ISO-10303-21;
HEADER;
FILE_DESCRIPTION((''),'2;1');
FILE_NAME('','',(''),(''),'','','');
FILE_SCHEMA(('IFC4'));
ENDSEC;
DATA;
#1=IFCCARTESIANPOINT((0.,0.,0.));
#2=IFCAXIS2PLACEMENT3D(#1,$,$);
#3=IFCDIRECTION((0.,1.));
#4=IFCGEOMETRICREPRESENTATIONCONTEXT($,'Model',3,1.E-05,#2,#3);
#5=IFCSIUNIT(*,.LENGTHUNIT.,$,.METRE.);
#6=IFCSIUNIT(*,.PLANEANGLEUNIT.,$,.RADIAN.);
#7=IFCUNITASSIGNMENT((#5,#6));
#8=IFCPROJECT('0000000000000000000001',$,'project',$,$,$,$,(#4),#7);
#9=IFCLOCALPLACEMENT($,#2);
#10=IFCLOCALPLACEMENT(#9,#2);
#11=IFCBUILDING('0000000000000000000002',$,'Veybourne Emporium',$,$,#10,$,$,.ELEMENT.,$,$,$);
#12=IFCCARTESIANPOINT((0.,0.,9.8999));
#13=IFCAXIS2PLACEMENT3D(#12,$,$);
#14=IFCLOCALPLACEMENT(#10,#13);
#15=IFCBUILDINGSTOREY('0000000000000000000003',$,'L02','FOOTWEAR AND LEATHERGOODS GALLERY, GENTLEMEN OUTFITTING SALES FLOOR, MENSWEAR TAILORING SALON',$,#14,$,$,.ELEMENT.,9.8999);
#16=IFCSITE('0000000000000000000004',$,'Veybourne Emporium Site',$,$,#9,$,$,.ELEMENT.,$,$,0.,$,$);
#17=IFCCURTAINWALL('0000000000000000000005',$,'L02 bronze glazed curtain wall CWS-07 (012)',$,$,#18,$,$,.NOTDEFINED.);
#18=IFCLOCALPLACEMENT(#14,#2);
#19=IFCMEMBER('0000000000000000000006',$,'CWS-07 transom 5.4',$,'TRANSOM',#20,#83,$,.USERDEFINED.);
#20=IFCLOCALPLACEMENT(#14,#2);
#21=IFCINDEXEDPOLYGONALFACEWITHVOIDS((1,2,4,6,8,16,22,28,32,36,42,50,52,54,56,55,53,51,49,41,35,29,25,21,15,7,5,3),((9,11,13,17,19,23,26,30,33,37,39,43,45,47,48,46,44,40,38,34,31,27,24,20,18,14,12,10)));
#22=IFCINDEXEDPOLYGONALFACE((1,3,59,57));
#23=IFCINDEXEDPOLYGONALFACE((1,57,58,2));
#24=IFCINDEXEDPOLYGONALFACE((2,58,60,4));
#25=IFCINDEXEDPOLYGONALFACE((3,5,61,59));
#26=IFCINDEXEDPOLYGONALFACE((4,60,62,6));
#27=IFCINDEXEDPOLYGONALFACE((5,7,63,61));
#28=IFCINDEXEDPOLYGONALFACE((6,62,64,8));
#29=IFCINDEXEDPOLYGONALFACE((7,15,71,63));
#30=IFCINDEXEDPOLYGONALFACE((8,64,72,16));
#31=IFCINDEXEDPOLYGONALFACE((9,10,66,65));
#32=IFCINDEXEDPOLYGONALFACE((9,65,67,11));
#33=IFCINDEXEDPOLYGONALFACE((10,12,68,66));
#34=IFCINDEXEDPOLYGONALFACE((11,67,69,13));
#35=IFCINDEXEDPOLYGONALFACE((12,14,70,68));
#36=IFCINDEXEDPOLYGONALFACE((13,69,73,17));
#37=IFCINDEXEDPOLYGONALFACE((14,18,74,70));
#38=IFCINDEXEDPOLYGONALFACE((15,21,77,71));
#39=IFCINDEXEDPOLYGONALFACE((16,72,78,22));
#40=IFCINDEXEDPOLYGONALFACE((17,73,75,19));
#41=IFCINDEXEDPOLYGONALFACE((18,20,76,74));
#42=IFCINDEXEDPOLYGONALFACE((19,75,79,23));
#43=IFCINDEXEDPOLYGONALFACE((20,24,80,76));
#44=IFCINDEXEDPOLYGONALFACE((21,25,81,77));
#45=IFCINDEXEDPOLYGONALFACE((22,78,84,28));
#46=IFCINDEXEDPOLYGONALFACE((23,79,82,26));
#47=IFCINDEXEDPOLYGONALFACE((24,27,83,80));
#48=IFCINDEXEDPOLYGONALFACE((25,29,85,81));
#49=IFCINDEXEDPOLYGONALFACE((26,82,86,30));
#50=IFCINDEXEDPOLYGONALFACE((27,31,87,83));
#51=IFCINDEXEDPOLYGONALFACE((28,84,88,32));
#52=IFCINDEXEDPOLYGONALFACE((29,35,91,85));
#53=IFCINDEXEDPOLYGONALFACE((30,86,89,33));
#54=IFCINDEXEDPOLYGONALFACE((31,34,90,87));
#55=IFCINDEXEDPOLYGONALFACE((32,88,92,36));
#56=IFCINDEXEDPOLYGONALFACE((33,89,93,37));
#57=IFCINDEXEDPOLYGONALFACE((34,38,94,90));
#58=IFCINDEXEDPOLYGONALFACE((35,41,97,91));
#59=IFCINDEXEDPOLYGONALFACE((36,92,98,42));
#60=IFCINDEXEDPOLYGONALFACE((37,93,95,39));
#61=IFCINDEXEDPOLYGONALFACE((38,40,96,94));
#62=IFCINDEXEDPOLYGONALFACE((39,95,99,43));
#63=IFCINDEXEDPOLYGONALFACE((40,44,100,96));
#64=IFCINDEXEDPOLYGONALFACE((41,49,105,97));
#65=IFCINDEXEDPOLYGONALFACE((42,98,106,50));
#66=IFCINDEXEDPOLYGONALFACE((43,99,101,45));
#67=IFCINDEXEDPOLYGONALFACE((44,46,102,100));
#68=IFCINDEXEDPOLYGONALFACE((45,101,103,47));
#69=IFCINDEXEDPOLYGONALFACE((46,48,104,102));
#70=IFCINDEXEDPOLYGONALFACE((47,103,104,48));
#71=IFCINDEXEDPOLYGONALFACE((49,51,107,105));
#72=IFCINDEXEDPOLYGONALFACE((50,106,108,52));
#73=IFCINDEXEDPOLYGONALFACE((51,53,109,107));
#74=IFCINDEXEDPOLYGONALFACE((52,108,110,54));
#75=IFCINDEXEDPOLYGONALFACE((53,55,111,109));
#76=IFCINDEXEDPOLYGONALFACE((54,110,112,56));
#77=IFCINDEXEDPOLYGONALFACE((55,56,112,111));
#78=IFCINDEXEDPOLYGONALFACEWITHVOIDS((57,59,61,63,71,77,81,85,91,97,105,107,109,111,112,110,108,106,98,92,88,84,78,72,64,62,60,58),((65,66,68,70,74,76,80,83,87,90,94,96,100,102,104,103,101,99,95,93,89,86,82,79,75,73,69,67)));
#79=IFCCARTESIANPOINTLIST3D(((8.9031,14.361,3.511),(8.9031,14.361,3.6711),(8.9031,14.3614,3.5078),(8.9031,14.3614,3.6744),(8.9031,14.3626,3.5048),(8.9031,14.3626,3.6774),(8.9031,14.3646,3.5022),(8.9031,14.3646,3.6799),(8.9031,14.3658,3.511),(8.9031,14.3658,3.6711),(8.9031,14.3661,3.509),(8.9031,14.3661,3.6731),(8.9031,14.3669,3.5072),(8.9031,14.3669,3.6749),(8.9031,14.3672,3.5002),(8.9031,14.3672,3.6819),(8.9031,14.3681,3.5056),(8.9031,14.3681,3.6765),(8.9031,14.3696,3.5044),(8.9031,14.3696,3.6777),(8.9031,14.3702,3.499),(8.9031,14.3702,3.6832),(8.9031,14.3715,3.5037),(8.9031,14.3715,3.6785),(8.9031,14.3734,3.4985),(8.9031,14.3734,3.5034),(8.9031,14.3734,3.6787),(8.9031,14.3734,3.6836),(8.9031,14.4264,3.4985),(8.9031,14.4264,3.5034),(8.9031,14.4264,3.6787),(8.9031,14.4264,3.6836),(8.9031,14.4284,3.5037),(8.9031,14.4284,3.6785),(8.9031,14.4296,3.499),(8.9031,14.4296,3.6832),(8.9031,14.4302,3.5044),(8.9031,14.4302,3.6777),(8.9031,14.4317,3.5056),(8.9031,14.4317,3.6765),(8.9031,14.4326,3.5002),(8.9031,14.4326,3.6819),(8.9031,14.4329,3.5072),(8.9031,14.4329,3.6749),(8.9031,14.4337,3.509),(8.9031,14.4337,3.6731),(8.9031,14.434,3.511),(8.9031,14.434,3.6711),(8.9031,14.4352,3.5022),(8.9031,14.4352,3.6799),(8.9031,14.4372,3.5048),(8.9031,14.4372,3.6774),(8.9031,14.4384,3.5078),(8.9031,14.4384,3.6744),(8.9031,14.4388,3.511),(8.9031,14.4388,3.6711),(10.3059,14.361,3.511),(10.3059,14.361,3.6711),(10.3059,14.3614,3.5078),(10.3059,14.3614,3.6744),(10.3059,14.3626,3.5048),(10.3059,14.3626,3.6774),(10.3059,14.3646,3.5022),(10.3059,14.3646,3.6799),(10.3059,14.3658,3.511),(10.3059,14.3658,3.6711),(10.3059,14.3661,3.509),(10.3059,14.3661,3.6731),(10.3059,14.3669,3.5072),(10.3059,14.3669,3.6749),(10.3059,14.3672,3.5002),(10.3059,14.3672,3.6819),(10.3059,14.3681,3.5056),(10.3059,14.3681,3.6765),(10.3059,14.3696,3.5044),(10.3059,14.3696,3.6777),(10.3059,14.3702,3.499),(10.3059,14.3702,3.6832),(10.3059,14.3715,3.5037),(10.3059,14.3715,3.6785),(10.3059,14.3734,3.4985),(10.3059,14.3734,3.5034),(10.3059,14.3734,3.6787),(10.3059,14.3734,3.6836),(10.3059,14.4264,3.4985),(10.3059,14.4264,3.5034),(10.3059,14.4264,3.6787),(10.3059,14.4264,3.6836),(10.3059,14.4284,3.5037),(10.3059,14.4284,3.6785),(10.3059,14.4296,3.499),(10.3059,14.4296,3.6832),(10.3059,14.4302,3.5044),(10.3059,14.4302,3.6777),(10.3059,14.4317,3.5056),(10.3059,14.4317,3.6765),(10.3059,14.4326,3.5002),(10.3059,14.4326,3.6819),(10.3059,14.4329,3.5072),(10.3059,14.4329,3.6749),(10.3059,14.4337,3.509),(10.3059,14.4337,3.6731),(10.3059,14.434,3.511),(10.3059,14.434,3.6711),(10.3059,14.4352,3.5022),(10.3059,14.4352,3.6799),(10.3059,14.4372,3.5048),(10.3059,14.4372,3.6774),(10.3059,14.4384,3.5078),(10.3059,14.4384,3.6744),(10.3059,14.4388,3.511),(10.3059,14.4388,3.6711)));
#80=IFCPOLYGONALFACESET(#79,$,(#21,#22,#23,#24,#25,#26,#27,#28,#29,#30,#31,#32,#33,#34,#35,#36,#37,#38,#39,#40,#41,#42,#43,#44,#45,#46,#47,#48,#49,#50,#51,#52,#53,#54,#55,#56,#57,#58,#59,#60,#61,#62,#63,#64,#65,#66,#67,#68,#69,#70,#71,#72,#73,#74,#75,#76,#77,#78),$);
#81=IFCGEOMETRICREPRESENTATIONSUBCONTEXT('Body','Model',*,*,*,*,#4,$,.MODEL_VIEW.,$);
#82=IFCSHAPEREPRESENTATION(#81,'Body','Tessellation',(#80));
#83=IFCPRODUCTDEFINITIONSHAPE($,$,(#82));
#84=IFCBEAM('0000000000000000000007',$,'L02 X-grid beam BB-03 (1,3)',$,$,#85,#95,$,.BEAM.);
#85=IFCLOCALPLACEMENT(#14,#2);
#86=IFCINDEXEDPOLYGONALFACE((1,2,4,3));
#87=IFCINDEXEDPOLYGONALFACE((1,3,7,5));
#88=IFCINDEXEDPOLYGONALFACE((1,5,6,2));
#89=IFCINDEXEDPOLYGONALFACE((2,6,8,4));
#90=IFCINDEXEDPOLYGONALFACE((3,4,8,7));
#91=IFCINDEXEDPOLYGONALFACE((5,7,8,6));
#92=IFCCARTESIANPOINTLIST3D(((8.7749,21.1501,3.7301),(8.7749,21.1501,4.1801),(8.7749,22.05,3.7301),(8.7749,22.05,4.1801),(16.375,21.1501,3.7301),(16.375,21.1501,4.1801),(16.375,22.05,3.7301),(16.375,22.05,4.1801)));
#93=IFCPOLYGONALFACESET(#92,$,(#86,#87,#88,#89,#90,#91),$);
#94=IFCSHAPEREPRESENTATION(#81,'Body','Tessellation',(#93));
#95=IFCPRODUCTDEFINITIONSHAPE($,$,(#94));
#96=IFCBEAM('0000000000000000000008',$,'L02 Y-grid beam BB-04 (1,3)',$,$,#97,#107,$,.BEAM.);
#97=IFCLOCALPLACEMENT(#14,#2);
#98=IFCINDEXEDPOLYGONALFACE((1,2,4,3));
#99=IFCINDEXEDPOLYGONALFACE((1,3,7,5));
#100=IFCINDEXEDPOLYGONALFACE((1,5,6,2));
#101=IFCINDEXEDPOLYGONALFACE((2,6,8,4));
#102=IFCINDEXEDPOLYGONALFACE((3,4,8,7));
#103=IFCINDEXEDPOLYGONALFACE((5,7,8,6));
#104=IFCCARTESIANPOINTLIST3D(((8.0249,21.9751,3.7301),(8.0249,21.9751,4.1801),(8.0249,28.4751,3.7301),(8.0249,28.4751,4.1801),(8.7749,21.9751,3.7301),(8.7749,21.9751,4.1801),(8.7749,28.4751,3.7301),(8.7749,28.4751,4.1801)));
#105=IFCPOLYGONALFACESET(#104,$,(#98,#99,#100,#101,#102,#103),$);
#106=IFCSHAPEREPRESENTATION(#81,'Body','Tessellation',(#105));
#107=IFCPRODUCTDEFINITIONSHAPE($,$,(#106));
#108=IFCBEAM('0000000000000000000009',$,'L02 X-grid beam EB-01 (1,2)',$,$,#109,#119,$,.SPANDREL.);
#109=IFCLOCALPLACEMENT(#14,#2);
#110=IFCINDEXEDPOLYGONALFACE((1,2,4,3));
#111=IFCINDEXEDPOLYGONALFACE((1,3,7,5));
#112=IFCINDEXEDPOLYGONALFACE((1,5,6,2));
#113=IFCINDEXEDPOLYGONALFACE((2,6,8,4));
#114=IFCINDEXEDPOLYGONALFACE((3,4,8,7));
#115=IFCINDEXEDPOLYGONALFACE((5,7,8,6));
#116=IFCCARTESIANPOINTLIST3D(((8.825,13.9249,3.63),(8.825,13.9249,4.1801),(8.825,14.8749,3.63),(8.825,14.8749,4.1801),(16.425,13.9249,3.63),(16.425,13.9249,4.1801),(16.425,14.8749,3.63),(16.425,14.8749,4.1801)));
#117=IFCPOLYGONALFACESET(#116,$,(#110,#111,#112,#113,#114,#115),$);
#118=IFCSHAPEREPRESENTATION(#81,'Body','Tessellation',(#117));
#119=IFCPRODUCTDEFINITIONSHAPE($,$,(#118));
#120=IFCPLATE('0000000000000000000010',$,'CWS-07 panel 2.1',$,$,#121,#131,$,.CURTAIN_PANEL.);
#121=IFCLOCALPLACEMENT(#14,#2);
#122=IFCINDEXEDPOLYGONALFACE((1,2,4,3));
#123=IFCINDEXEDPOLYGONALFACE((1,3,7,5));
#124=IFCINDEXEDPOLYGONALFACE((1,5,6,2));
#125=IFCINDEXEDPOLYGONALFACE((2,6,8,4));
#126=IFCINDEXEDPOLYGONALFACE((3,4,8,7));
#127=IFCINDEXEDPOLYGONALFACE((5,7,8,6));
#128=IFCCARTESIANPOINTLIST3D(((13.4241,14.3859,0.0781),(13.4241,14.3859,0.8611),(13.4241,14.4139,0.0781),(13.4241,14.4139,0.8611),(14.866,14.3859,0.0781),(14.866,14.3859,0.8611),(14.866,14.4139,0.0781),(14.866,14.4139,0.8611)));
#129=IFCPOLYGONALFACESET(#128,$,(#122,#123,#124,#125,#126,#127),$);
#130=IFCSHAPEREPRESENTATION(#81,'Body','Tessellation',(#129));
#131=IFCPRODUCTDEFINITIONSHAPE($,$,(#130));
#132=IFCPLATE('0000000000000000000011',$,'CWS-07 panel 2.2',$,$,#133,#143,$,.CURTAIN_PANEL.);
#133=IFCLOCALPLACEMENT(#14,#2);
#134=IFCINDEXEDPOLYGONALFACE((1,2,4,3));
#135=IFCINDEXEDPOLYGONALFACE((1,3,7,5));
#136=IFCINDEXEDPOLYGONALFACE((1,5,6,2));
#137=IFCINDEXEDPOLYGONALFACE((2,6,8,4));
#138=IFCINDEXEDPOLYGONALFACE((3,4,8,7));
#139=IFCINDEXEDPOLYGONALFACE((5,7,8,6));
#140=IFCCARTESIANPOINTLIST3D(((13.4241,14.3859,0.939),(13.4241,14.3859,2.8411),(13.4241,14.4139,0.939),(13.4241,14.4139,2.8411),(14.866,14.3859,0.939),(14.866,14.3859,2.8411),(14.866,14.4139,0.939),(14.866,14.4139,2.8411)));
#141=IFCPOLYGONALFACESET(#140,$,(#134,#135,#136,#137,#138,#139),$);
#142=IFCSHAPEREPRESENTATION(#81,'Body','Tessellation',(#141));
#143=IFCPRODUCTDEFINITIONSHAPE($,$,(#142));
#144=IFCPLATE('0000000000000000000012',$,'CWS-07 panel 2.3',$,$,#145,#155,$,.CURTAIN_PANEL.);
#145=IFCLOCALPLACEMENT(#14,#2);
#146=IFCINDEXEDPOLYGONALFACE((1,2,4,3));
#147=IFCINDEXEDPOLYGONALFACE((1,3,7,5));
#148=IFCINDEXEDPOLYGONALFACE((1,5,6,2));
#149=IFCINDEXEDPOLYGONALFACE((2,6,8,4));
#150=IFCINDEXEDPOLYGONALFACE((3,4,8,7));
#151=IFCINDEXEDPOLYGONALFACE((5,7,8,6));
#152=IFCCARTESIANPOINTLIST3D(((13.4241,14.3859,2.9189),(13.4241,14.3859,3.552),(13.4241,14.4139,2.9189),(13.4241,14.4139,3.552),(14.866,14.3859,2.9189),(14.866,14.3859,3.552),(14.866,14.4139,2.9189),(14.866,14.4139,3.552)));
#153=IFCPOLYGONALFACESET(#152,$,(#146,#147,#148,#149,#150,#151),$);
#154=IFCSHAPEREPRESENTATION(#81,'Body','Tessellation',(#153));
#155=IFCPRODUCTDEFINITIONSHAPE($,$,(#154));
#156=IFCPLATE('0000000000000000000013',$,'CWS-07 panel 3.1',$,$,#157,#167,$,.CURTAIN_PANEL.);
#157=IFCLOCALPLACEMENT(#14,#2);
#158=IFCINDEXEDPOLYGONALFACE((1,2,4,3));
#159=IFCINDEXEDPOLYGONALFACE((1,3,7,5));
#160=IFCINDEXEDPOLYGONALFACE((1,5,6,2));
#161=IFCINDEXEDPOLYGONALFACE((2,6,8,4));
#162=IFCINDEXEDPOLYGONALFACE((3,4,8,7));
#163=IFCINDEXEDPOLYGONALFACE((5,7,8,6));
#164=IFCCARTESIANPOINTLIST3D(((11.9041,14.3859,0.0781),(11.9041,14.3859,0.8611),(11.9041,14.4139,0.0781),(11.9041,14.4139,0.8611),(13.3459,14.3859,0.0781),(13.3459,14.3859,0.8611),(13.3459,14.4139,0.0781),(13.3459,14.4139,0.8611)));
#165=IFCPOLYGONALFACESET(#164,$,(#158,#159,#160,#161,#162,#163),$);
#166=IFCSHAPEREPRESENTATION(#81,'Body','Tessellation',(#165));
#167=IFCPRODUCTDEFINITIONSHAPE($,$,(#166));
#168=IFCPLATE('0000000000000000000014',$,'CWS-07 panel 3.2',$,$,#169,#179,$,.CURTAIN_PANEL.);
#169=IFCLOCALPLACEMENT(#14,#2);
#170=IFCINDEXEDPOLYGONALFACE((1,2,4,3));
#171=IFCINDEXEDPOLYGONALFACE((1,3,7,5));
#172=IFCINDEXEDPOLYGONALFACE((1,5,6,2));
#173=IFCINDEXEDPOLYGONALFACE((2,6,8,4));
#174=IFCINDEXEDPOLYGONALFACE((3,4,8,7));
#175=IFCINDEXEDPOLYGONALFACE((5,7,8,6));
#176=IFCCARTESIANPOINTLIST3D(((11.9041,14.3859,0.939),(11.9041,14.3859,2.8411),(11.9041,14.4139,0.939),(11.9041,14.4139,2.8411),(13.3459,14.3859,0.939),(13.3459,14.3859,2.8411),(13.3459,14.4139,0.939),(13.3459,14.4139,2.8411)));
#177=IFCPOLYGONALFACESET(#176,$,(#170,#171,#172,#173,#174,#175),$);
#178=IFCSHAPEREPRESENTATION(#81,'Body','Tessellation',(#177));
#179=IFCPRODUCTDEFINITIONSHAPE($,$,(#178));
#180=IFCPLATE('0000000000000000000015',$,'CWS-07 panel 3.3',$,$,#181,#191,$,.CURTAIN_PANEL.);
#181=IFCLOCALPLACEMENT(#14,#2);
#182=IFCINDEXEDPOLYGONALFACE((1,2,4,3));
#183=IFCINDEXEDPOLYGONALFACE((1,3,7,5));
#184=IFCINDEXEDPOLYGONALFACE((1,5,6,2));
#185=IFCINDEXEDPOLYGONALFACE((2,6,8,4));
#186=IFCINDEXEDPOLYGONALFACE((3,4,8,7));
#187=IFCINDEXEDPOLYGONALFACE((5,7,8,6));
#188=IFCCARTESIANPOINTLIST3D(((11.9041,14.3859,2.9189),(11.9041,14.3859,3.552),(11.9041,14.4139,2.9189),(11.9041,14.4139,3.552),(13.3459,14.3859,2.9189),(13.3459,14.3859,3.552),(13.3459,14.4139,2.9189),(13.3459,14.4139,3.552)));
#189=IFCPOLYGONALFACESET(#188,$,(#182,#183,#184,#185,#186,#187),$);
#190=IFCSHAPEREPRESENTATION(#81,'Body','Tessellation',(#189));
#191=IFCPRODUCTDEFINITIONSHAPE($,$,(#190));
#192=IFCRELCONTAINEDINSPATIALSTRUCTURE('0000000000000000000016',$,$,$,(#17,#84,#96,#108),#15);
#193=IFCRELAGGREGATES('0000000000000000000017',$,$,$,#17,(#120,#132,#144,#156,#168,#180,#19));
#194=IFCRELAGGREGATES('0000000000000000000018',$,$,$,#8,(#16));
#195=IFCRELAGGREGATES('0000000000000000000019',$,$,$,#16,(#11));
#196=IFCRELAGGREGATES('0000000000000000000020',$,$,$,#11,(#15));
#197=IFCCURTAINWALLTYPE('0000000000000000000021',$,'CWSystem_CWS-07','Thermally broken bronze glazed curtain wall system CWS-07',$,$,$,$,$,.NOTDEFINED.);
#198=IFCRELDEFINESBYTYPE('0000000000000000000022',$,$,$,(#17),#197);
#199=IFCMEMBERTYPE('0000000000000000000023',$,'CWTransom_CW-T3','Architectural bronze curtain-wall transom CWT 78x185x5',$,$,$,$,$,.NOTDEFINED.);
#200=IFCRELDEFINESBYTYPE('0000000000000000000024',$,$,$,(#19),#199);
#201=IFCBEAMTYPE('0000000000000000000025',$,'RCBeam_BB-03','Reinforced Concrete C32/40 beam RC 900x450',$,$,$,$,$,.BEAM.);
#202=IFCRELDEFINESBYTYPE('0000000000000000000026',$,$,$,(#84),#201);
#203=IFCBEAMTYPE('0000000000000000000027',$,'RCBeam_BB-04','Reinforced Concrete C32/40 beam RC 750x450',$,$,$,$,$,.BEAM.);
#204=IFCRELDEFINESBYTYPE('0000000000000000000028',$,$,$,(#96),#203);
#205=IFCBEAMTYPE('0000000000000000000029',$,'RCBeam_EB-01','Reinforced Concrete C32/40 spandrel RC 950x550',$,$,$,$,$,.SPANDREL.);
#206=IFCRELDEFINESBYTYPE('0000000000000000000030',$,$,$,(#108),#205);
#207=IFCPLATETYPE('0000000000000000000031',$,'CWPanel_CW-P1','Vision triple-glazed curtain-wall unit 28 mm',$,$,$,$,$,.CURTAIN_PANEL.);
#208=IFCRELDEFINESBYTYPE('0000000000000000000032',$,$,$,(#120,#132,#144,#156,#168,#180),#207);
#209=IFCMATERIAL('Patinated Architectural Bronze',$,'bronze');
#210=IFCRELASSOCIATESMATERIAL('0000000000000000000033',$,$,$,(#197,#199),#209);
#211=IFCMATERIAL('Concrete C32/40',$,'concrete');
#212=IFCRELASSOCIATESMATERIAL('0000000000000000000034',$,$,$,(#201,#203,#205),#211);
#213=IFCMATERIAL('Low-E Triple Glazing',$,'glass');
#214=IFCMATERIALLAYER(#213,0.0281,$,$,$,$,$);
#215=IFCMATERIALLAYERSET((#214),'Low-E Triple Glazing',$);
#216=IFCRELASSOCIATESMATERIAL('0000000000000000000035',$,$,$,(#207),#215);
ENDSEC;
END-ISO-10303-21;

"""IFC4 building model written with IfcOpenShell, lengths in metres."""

from ifc_helpers import new_model, si_unit, direction, frame, origin, origin_2d, place, context, subcontext, project, spatial, rectangle, hollow_rectangle, extrude, material, layer, layer_set, material_profile, profile_set, type_object, element, aggregate, save


model = new_model("IFC4")

# Units and contexts
model_context = context("Model", 3, precision=1e-05, world=origin(), true_north=direction((0.0, 1.0)))
body_context = subcontext(model_context, "Body", "Model", "MODEL_VIEW")
ifc_project = project(units=[si_unit("LENGTHUNIT", "METRE"), si_unit("PLANEANGLEUNIT", "RADIAN")], contexts=[model_context])

# Site, building, storey
site_placement = place(None, origin())
site = spatial("IfcSite", under=ifc_project, at=site_placement, Name="Veybourne Emporium Site", CompositionType="ELEMENT", RefElevation=0.0)
building_placement = place(site_placement, origin())
building = spatial("IfcBuilding", under=site, at=building_placement, Name="Veybourne Emporium", CompositionType="ELEMENT")
storey_placement = place(building_placement, frame((0.0, 0.0, 9.8999)))
storey = spatial("IfcBuildingStorey", under=building, at=storey_placement, Name="L02", Description="FOOTWEAR AND LEATHERGOODS GALLERY, GENTLEMEN OUTFITTING SALES FLOOR, MENSWEAR TAILORING SALON", CompositionType="ELEMENT", Elevation=9.8999)

# Curtain wall, member
ifc_material_1 = material(Name="Patinated Architectural Bronze", Category="bronze")
curtain_wall_type = type_object("IfcCurtainWallType", Name="CWSystem_CWS-07", Description="Thermally broken bronze glazed curtain wall system CWS-07", PredefinedType="NOTDEFINED", material=ifc_material_1)
curtain_wall_placement = place(storey_placement, origin())
curtain_wall = element("IfcCurtainWall", 1, at=curtain_wall_placement, inside=storey, type_object=curtain_wall_type, Name="L02 bronze glazed curtain wall CWS-07 (012)", PredefinedType="NOTDEFINED")
ifc_material_profile_1 = material_profile(ifc_material_1, hollow_rectangle(XDim=0.0779, YDim=0.1851, WallThickness=0.0049, InnerFilletRadius=0.0076, OuterFilletRadius=0.0125, at=origin_2d()), Name="CWT 78x185x5")
ifc_profile_set_1 = profile_set([ifc_material_profile_1], Name="Patinated Architectural Bronze")
member_type_1 = type_object("IfcMemberType", Name="CWTransom_CW-T3", Description="Architectural bronze curtain-wall transom CWT 78x185x5", PredefinedType="NOTDEFINED", material=ifc_profile_set_1)
member_1_placement = place(storey_placement, frame((10.3059, 14.3999, 3.5911), z_axis=(-1.0, 0.0, 0.0), x_axis=(0.0, -1.0, 0.0)))
member_1 = element("IfcMember", 2, at=member_1_placement, type_object=member_type_1, Name="CWS-07 transom 5.4", ObjectType="TRANSOM", PredefinedType="USERDEFINED", context=body_context, shape_type="SweptSolid", body=[
    extrude(hollow_rectangle(XDim=0.0779, YDim=0.1851, WallThickness=0.0049, InnerFilletRadius=0.0076, OuterFilletRadius=0.0125, at=origin_2d()), origin(), (0.0, 0.0, 1.0), 1.4028),
])

# Beams
ifc_material_2 = material(Name="Concrete C32/40", Category="concrete")
ifc_material_profile_2 = material_profile(ifc_material_2, rectangle(XDim=0.8999, YDim=0.45, at=origin_2d()), Name="RC 900x450")
ifc_profile_set_2 = profile_set([ifc_material_profile_2], Name="Concrete C32/40")
beam_type_1 = type_object("IfcBeamType", Name="RCBeam_BB-03", Description="Reinforced Concrete C32/40 beam RC 900x450", PredefinedType="BEAM", material=ifc_profile_set_2)
beam_1_placement = place(storey_placement, frame((8.7749, 21.6001, 3.9551), z_axis=(1.0, 0.0, 0.0), x_axis=(0.0, 1.0, 0.0)))
element("IfcBeam", 3, at=beam_1_placement, inside=storey, type_object=beam_type_1, Name="L02 X-grid beam BB-03 (1,3)", PredefinedType="BEAM", context=body_context, shape_type="SweptSolid", body=[
    extrude(rectangle(XDim=0.8999, YDim=0.45, at=origin_2d()), origin(), (0.0, 0.0, 1.0), 7.6001),
])
ifc_material_profile_3 = material_profile(ifc_material_2, rectangle(XDim=0.75, YDim=0.45, at=origin_2d()), Name="RC 750x450")
ifc_profile_set_3 = profile_set([ifc_material_profile_3], Name="Concrete C32/40")
beam_type_2 = type_object("IfcBeamType", Name="RCBeam_BB-04", Description="Reinforced Concrete C32/40 beam RC 750x450", PredefinedType="BEAM", material=ifc_profile_set_3)
beam_2_placement = place(storey_placement, frame((8.3999, 21.9751, 3.9551), z_axis=(0.0, 1.0, 0.0), x_axis=(-1.0, 0.0, 0.0)))
element("IfcBeam", 4, at=beam_2_placement, inside=storey, type_object=beam_type_2, Name="L02 Y-grid beam BB-04 (1,3)", PredefinedType="BEAM", context=body_context, shape_type="SweptSolid", body=[
    extrude(rectangle(XDim=0.75, YDim=0.45, at=origin_2d()), origin(), (0.0, 0.0, 1.0), 6.5),
])
ifc_material_profile_4 = material_profile(ifc_material_2, rectangle(XDim=0.95, YDim=0.55, at=origin_2d()), Name="RC 950x550")
ifc_profile_set_4 = profile_set([ifc_material_profile_4], Name="Concrete C32/40")
beam_type_3 = type_object("IfcBeamType", Name="RCBeam_EB-01", Description="Reinforced Concrete C32/40 spandrel RC 950x550", PredefinedType="SPANDREL", material=ifc_profile_set_4)
beam_3_placement = place(storey_placement, frame((8.825, 14.3999, 3.905), z_axis=(1.0, 0.0, 0.0), x_axis=(0.0, 1.0, 0.0)))
element("IfcBeam", 5, at=beam_3_placement, inside=storey, type_object=beam_type_3, Name="L02 X-grid beam EB-01 (1,2)", PredefinedType="SPANDREL", context=body_context, shape_type="SweptSolid", body=[
    extrude(rectangle(XDim=0.95, YDim=0.55, at=origin_2d()), origin(), (0.0, 0.0, 1.0), 7.6001),
])

# Plates
ifc_material_3 = material(Name="Low-E Triple Glazing", Category="glass")
ifc_layer_1 = layer(ifc_material_3, 0.0281)
ifc_layer_set_1 = layer_set([ifc_layer_1], Name="Low-E Triple Glazing")
plate_type = type_object("IfcPlateType", Name="CWPanel_CW-P1", Description="Vision triple-glazed curtain-wall unit 28 mm", PredefinedType="CURTAIN_PANEL", material=ifc_layer_set_1)
plate_1_placement = place(storey_placement, frame((14.145, 14.3999, 0.0781), z_axis=(0.0, 0.0, 1.0), x_axis=(-1.0, 0.0, 0.0)))
plate_1 = element("IfcPlate", 6, at=plate_1_placement, type_object=plate_type, Name="CWS-07 panel 2.1", PredefinedType="CURTAIN_PANEL", context=body_context, shape_type="SweptSolid", body=[
    extrude(rectangle(XDim=1.4419, YDim=0.0281, at=origin_2d()), origin(), (0.0, 0.0, 1.0), 0.783),
])
plate_2_placement = place(storey_placement, frame((14.145, 14.3999, 0.939), z_axis=(0.0, 0.0, 1.0), x_axis=(-1.0, 0.0, 0.0)))
plate_2 = element("IfcPlate", 7, at=plate_2_placement, type_object=plate_type, Name="CWS-07 panel 2.2", PredefinedType="CURTAIN_PANEL", context=body_context, shape_type="SweptSolid", body=[
    extrude(rectangle(XDim=1.4419, YDim=0.0281, at=origin_2d()), origin(), (0.0, 0.0, 1.0), 1.9021),
])
plate_3_placement = place(storey_placement, frame((14.145, 14.3999, 2.9189), z_axis=(0.0, 0.0, 1.0), x_axis=(-1.0, 0.0, 0.0)))
plate_3 = element("IfcPlate", 8, at=plate_3_placement, type_object=plate_type, Name="CWS-07 panel 2.3", PredefinedType="CURTAIN_PANEL", context=body_context, shape_type="SweptSolid", body=[
    extrude(rectangle(XDim=1.4419, YDim=0.0281, at=origin_2d()), origin(), (0.0, 0.0, 1.0), 0.6331),
])
plate_4_placement = place(storey_placement, frame((12.625, 14.3999, 0.0781), z_axis=(0.0, 0.0, 1.0), x_axis=(-1.0, 0.0, 0.0)))
plate_4 = element("IfcPlate", 9, at=plate_4_placement, type_object=plate_type, Name="CWS-07 panel 3.1", PredefinedType="CURTAIN_PANEL", context=body_context, shape_type="SweptSolid", body=[
    extrude(rectangle(XDim=1.4419, YDim=0.0281, at=origin_2d()), origin(), (0.0, 0.0, 1.0), 0.783),
])
plate_5_placement = place(storey_placement, frame((12.625, 14.3999, 0.939), z_axis=(0.0, 0.0, 1.0), x_axis=(-1.0, 0.0, 0.0)))
plate_5 = element("IfcPlate", 10, at=plate_5_placement, type_object=plate_type, Name="CWS-07 panel 3.2", PredefinedType="CURTAIN_PANEL", context=body_context, shape_type="SweptSolid", body=[
    extrude(rectangle(XDim=1.4419, YDim=0.0281, at=origin_2d()), origin(), (0.0, 0.0, 1.0), 1.9021),
])
plate_6_placement = place(storey_placement, frame((12.625, 14.3999, 2.9189), z_axis=(0.0, 0.0, 1.0), x_axis=(-1.0, 0.0, 0.0)))
plate_6 = element("IfcPlate", 11, at=plate_6_placement, type_object=plate_type, Name="CWS-07 panel 3.3", PredefinedType="CURTAIN_PANEL", context=body_context, shape_type="SweptSolid", body=[
    extrude(rectangle(XDim=1.4419, YDim=0.0281, at=origin_2d()), origin(), (0.0, 0.0, 1.0), 0.6331),
])
aggregate(curtain_wall, [plate_1, plate_2, plate_3, plate_4, plate_5, plate_6, member_1])

save(model, "model.ifc")
